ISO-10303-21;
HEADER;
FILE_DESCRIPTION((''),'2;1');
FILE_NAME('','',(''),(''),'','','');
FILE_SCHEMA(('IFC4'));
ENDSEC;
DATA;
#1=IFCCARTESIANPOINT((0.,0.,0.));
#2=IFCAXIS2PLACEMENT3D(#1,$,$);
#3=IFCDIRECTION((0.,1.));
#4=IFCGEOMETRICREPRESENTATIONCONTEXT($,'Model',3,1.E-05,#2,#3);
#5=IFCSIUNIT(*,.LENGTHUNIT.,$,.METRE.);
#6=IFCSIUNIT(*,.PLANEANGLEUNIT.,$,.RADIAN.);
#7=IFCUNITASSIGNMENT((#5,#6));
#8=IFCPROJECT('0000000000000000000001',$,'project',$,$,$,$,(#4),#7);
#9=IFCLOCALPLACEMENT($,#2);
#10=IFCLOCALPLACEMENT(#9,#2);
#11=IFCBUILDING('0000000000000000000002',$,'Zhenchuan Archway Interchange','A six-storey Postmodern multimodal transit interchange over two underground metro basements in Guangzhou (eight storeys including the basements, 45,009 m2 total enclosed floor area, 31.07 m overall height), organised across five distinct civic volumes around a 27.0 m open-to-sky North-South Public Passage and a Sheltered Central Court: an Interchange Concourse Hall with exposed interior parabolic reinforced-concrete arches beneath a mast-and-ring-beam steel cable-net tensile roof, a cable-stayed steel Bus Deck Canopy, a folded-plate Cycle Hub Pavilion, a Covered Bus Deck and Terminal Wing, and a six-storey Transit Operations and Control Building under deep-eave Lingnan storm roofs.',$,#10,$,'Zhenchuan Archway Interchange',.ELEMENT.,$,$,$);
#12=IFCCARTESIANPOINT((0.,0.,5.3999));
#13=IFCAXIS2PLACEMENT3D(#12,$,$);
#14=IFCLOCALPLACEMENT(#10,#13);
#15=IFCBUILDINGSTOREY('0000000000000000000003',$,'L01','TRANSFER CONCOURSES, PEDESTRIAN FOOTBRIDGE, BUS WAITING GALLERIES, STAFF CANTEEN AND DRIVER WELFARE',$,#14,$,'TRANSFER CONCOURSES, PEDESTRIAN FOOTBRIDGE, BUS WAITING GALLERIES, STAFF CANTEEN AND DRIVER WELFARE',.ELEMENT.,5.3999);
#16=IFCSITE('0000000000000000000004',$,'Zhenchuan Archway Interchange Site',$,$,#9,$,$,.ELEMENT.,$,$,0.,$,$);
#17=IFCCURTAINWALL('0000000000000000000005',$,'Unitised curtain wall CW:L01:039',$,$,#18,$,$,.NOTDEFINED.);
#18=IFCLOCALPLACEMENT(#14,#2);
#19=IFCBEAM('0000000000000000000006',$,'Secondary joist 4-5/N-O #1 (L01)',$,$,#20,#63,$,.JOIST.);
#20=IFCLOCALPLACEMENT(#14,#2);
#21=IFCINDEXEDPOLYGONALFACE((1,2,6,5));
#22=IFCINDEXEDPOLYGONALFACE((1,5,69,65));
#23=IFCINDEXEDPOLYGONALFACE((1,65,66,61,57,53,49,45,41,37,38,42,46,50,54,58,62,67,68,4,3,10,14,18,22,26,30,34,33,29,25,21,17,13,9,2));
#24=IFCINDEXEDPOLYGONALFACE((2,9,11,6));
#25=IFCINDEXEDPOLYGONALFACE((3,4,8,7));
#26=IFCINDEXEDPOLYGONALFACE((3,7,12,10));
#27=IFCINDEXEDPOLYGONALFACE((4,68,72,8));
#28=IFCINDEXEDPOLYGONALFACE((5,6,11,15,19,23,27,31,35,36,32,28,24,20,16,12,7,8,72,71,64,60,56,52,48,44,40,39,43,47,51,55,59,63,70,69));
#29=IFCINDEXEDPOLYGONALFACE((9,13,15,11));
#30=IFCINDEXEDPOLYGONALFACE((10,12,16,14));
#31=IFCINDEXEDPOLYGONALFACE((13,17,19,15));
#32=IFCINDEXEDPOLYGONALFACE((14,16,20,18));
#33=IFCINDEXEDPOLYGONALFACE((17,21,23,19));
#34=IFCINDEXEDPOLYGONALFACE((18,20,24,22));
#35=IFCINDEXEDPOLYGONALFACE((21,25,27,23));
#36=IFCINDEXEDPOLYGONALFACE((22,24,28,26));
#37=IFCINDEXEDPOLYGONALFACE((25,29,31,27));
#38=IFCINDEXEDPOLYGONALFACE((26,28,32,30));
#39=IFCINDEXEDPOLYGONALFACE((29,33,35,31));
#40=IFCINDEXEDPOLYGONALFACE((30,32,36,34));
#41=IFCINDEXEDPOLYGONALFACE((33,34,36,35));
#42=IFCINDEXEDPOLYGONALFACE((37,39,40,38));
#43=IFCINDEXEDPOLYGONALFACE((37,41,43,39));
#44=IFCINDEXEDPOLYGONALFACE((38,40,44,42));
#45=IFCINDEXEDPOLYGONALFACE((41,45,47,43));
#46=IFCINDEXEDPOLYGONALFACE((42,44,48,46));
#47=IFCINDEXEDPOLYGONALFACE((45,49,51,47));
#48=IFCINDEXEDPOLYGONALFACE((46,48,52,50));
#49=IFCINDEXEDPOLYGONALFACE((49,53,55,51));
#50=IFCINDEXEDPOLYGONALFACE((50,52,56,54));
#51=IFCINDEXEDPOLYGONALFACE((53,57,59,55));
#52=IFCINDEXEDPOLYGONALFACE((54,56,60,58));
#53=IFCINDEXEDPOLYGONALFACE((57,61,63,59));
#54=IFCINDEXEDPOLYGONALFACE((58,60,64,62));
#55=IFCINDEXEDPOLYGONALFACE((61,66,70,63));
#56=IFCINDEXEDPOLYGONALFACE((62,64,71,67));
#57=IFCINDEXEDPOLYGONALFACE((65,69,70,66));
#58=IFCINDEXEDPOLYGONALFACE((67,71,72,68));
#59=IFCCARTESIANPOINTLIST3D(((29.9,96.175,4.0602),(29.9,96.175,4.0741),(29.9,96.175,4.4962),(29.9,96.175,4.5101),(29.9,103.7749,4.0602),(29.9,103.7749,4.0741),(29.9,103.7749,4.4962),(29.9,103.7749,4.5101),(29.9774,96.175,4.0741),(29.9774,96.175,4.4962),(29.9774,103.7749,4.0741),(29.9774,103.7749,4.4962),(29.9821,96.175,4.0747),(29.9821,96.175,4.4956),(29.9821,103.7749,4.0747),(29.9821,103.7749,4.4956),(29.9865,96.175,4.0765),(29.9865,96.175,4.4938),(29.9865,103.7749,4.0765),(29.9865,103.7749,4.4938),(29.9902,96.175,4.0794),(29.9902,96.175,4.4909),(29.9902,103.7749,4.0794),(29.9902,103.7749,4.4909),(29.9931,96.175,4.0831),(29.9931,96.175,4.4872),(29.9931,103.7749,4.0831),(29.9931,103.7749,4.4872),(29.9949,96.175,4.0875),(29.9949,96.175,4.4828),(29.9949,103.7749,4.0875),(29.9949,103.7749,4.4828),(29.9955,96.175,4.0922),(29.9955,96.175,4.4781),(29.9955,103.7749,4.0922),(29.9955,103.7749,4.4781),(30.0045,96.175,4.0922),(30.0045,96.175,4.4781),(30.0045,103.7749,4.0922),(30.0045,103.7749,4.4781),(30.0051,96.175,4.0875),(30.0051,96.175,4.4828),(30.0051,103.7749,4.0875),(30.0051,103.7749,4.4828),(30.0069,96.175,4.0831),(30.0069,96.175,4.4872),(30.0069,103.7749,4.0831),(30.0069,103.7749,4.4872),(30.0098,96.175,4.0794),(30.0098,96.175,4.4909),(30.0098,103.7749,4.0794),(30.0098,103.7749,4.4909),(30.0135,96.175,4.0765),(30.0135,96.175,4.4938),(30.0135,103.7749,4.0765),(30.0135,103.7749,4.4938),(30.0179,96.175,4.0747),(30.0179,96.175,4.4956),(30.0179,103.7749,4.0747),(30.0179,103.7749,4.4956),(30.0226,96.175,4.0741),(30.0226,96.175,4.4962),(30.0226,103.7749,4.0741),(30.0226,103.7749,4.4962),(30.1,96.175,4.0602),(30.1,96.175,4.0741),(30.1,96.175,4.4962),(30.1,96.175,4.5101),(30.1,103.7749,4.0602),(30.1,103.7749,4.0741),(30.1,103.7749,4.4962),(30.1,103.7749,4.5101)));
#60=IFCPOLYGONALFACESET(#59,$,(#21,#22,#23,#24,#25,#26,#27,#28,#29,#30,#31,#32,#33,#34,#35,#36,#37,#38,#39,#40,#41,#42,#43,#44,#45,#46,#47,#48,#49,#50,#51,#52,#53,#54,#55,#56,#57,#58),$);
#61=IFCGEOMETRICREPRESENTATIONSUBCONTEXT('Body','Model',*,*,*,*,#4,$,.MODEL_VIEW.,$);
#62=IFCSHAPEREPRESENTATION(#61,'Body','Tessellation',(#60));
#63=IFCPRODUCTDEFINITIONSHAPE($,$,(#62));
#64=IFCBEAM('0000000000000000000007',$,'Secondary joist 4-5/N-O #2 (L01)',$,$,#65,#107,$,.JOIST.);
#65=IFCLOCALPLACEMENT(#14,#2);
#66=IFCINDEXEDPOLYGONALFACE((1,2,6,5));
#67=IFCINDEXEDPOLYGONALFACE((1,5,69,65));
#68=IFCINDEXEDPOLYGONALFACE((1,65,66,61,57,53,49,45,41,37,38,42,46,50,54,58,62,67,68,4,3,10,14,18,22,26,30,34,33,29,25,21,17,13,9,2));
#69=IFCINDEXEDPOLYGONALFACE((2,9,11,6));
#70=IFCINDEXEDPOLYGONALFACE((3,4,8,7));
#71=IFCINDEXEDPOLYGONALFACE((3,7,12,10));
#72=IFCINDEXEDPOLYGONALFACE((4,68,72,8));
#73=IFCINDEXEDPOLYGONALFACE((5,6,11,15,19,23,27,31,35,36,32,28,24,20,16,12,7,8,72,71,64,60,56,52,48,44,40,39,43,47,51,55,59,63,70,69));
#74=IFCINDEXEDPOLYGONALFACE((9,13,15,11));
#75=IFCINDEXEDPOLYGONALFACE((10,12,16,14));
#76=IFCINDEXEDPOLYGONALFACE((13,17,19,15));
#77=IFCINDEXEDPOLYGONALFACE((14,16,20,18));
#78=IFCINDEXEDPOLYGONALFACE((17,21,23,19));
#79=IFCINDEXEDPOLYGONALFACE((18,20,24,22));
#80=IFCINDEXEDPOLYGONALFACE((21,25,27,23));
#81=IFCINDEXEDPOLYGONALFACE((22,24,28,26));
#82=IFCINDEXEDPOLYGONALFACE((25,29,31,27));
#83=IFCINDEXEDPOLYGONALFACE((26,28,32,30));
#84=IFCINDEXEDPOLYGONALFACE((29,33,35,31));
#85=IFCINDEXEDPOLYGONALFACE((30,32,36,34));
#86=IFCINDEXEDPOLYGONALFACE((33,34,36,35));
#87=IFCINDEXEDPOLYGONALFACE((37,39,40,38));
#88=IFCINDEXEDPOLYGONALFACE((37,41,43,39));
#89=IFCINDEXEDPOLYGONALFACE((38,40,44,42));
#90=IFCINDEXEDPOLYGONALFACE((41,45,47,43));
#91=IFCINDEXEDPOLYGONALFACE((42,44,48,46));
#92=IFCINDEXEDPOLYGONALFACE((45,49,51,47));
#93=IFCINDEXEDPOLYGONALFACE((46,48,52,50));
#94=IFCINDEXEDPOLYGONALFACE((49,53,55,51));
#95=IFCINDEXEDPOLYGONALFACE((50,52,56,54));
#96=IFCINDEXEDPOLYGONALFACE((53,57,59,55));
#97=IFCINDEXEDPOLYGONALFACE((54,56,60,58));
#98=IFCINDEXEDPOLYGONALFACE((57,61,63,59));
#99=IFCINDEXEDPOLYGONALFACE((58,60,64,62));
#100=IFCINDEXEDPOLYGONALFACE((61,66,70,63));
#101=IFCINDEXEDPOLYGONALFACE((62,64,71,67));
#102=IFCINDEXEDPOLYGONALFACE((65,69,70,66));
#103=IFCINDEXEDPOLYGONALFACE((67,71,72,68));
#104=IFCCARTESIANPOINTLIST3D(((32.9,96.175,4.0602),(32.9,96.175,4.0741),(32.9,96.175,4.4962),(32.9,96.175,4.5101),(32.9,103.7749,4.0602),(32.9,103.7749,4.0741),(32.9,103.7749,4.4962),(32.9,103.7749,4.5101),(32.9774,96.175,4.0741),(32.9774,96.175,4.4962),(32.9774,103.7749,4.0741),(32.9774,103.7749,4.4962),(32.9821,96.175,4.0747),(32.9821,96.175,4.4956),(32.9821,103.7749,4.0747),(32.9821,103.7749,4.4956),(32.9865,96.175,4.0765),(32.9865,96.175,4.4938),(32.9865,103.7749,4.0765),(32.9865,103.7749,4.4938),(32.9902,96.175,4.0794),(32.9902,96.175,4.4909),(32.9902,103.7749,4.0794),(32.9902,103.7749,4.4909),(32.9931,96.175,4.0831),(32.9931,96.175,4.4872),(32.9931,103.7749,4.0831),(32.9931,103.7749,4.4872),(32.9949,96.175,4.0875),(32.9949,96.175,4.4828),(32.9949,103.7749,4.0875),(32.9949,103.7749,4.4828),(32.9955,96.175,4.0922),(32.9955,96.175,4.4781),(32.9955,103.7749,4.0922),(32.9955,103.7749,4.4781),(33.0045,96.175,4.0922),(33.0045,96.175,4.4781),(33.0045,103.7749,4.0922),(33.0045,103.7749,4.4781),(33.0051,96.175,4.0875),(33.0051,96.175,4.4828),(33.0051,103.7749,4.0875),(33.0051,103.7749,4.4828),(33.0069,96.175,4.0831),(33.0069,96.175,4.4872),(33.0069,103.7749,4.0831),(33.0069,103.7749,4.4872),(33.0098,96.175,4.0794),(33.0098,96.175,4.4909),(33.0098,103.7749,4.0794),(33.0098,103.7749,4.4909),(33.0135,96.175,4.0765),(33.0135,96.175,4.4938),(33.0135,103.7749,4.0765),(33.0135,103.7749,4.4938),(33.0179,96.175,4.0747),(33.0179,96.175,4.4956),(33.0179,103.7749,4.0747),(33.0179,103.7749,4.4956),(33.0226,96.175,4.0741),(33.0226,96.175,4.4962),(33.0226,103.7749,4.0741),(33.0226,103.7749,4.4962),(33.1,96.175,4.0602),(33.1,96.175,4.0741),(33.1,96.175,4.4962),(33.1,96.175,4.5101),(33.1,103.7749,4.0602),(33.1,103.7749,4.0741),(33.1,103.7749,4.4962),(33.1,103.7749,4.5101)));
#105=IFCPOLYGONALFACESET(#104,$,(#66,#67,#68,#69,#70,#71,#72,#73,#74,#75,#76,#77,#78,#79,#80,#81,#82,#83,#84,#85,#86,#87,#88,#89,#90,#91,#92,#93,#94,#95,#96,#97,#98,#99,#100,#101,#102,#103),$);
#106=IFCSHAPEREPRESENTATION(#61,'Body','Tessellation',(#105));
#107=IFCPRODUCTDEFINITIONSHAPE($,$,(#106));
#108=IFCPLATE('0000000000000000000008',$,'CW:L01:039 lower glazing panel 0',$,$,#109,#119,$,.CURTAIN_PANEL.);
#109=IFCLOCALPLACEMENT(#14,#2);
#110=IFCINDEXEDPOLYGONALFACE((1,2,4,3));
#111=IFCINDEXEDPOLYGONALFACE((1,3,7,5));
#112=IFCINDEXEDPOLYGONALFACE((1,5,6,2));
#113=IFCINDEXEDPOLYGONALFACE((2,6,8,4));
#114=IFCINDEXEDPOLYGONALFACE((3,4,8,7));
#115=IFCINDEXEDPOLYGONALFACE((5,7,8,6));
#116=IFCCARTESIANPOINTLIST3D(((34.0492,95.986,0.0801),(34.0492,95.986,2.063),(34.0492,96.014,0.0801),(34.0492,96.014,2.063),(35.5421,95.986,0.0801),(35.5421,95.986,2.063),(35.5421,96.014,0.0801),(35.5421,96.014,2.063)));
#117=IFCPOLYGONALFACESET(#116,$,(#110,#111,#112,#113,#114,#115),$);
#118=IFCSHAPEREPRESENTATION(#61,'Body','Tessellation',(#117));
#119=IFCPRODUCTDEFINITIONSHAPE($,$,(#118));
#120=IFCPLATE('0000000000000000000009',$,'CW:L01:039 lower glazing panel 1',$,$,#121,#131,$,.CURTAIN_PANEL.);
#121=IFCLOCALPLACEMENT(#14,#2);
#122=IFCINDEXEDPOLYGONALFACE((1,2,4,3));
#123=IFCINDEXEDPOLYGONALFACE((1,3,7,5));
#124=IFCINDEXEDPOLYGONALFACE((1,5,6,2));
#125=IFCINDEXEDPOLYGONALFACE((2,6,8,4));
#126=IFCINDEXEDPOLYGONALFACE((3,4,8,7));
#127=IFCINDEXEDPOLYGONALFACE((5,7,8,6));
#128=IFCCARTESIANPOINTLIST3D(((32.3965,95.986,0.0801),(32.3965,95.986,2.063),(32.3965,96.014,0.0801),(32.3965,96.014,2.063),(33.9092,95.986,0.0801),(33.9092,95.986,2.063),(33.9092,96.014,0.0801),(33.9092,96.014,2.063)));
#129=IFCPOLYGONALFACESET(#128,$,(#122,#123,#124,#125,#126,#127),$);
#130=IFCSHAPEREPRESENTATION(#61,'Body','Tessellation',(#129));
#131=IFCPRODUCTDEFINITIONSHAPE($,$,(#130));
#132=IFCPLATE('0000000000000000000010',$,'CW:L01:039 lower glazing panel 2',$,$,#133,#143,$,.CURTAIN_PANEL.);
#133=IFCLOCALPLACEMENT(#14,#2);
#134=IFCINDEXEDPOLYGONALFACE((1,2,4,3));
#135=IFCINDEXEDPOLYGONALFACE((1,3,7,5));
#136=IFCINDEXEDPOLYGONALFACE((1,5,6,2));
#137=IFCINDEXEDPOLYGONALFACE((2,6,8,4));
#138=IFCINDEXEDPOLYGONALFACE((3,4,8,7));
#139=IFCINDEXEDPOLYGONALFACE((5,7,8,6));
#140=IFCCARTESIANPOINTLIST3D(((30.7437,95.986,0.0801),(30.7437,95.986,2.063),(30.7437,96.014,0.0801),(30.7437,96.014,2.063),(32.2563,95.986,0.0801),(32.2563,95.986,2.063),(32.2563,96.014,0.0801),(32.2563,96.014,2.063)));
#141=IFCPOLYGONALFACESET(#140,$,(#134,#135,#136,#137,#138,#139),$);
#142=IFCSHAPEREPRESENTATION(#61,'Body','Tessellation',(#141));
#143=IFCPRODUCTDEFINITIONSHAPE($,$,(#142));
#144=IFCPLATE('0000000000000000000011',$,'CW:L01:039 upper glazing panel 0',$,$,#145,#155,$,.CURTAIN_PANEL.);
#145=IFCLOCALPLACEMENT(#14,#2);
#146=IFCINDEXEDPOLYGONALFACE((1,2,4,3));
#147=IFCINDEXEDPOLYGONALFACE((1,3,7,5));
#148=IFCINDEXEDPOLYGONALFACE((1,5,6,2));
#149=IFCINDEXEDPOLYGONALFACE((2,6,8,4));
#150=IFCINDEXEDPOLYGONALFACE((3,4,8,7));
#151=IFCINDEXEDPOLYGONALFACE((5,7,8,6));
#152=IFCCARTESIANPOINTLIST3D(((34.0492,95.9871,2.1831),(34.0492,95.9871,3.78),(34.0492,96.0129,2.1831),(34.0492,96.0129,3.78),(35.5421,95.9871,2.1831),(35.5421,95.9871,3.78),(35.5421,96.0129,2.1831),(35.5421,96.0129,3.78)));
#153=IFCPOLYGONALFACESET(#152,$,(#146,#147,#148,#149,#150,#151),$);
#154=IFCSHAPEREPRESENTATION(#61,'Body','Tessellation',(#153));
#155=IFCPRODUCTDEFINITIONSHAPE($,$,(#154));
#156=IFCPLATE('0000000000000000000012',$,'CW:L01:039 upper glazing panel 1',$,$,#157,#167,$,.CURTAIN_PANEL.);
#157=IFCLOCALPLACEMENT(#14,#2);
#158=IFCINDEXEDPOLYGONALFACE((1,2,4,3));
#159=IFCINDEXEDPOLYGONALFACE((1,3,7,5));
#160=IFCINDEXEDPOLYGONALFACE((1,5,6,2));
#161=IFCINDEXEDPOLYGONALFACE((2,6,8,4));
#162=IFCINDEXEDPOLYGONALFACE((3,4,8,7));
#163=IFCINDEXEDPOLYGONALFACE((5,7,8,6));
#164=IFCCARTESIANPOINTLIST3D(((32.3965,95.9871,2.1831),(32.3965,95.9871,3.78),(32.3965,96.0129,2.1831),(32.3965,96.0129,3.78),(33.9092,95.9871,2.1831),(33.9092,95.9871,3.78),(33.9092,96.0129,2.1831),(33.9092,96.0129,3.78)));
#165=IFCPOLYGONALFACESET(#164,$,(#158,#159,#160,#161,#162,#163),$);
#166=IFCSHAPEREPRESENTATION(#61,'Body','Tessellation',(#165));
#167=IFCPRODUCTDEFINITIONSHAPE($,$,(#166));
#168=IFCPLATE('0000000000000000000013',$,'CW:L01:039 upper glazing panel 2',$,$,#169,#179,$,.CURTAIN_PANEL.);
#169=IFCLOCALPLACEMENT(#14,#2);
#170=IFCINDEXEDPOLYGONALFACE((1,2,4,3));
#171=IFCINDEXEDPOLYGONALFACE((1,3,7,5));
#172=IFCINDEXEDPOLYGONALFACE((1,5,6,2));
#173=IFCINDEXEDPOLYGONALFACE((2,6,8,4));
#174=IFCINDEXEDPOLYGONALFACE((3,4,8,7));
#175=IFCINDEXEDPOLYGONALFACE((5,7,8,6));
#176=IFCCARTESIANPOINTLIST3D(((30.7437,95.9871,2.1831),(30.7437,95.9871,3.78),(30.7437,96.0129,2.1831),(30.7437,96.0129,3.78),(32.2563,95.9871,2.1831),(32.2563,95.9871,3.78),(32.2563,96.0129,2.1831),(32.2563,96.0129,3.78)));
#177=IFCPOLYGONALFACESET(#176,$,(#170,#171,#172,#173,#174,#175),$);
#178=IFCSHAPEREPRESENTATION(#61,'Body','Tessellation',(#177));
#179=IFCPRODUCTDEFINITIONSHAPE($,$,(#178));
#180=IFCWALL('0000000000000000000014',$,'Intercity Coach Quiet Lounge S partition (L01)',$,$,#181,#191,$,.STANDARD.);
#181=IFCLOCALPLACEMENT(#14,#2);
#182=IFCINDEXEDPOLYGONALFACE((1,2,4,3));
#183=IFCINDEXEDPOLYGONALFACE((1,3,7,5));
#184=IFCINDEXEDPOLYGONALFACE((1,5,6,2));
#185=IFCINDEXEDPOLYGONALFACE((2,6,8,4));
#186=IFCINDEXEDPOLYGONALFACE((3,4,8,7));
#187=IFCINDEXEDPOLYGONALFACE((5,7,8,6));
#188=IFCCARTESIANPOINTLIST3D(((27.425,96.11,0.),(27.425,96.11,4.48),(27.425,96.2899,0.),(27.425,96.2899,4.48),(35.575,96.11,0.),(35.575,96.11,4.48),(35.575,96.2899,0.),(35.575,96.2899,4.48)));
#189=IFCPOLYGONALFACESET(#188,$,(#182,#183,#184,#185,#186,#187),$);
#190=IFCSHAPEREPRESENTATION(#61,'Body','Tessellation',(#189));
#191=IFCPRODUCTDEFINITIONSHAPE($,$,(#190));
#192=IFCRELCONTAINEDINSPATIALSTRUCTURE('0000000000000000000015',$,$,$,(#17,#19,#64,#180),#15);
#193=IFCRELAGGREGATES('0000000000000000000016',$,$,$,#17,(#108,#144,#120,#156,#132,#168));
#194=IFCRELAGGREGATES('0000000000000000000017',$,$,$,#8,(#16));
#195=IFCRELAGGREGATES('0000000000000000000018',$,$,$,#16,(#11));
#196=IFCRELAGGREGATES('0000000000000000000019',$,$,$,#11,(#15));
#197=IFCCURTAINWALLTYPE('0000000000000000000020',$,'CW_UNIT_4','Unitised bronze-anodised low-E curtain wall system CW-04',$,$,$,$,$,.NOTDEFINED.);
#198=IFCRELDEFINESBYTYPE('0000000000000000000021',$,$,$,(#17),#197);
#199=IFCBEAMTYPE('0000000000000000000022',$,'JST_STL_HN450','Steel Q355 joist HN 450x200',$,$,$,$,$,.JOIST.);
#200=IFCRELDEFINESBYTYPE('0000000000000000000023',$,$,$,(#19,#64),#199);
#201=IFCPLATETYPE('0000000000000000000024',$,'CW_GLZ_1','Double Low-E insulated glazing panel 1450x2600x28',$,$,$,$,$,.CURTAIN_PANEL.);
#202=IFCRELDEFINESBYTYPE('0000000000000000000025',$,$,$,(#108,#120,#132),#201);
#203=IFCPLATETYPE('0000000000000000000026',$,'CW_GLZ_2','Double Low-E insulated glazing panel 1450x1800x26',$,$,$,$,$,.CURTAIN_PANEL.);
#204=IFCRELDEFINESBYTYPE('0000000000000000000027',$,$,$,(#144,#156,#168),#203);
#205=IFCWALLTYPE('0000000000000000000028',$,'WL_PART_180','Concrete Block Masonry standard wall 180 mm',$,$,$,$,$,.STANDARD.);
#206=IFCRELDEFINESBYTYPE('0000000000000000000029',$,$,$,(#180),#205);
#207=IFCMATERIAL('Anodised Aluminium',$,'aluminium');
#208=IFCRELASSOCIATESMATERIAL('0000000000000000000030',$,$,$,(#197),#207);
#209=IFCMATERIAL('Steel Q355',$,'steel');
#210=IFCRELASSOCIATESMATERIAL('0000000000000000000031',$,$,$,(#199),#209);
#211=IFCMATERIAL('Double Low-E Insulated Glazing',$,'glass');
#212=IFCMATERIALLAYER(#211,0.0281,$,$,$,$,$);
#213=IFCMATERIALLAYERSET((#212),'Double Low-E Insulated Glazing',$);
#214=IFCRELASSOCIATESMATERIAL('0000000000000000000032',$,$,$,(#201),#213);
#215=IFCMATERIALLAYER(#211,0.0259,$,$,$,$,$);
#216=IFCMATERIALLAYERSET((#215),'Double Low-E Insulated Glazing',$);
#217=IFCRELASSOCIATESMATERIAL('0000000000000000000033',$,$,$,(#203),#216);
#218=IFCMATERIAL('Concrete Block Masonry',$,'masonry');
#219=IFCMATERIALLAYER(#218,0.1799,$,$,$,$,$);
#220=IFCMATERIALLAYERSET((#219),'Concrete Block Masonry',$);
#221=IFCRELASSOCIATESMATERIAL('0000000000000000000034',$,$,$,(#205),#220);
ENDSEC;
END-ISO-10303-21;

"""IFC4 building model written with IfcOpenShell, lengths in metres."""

from ifc_helpers import new_model, si_unit, direction, frame, frame_2d, origin, origin_2d, place, context, subcontext, project, spatial, rectangle, i_section, extrude, material, layer, layer_set, material_profile, profile_set, type_object, element, aggregate, save


model = new_model("IFC4")

# Units and contexts
model_context = context("Model", 3, precision=1e-05, world=origin(), true_north=direction((0.0, 1.0)))
body_context = subcontext(model_context, "Body", "Model", "MODEL_VIEW")
ifc_project = project(units=[si_unit("LENGTHUNIT", "METRE"), si_unit("PLANEANGLEUNIT", "RADIAN")], contexts=[model_context])

# Site, building, storey
site_placement = place(None, origin())
site = spatial("IfcSite", under=ifc_project, at=site_placement, Name="Zhenchuan Archway Interchange Site", CompositionType="ELEMENT", RefElevation=0.0)
building_placement = place(site_placement, origin())
building = spatial("IfcBuilding", under=site, at=building_placement, Name="Zhenchuan Archway Interchange", Description="A six-storey Postmodern multimodal transit interchange over two underground metro basements in Guangzhou (eight storeys including the basements, 45,009 m2 total enclosed floor area, 31.07 m overall height), organised across five distinct civic volumes around a 27.0 m open-to-sky North-South Public Passage and a Sheltered Central Court: an Interchange Concourse Hall with exposed interior parabolic reinforced-concrete arches beneath a mast-and-ring-beam steel cable-net tensile roof, a cable-stayed steel Bus Deck Canopy, a folded-plate Cycle Hub Pavilion, a Covered Bus Deck and Terminal Wing, and a six-storey Transit Operations and Control Building under deep-eave Lingnan storm roofs.", LongName="Zhenchuan Archway Interchange", CompositionType="ELEMENT")
storey_placement = place(building_placement, frame((0.0, 0.0, 5.3999)))
storey = spatial("IfcBuildingStorey", under=building, at=storey_placement, Name="L01", Description="TRANSFER CONCOURSES, PEDESTRIAN FOOTBRIDGE, BUS WAITING GALLERIES, STAFF CANTEEN AND DRIVER WELFARE", LongName="TRANSFER CONCOURSES, PEDESTRIAN FOOTBRIDGE, BUS WAITING GALLERIES, STAFF CANTEEN AND DRIVER WELFARE", CompositionType="ELEMENT", Elevation=5.3999)

# Curtain wall
ifc_material_1 = material(Name="Anodised Aluminium", Category="aluminium")
curtain_wall_type = type_object("IfcCurtainWallType", Name="CW_UNIT_4", Description="Unitised bronze-anodised low-E curtain wall system CW-04", PredefinedType="NOTDEFINED", material=ifc_material_1)
curtain_wall_placement = place(storey_placement, origin())
curtain_wall = element("IfcCurtainWall", 1, at=curtain_wall_placement, inside=storey, type_object=curtain_wall_type, Name="Unitised curtain wall CW:L01:039", PredefinedType="NOTDEFINED")

# Beams
ifc_material_2 = material(Name="Steel Q355", Category="steel")
ifc_material_profile_1 = material_profile(ifc_material_2, i_section(OverallWidth=0.2, OverallDepth=0.45, WebThickness=0.009, FlangeThickness=0.0139, FilletRadius=0.0181, at=origin_2d()), Name="HN 450x200")
ifc_profile_set_1 = profile_set([ifc_material_profile_1], Name="Steel Q355")
beam_type_1 = type_object("IfcBeamType", Name="JST_STL_HN450", Description="Steel Q355 joist HN 450x200", PredefinedType="JOIST", material=ifc_profile_set_1)
for number, where, z_axis, x_axis, name in (
    (2, (30.0, 96.175, 4.2852), (0.0, 1.0, 0.0), (-1.0, 0.0, 0.0), "Secondary joist 4-5/N-O #1 (L01)"),
    (3, (33.0, 96.175, 4.2852), (0.0, 1.0, 0.0), (-1.0, 0.0, 0.0), "Secondary joist 4-5/N-O #2 (L01)"),
):
    element("IfcBeam", number, at=place(storey_placement, frame(where, z_axis=z_axis, x_axis=x_axis)), inside=storey, type_object=beam_type_1, Name=name, PredefinedType="JOIST", context=body_context, shape_type="SweptSolid", body=[
        extrude(i_section(OverallWidth=0.2, OverallDepth=0.45, WebThickness=0.009, FlangeThickness=0.0139, FilletRadius=0.0181, at=origin_2d()), origin(), (0.0, 0.0, 1.0), 7.5999),
    ])

# Plates
ifc_material_3 = material(Name="Double Low-E Insulated Glazing", Category="glass")
ifc_layer_1 = layer(ifc_material_3, 0.0281)
ifc_layer_set_1 = layer_set([ifc_layer_1], Name="Double Low-E Insulated Glazing")
plate_type_1 = type_object("IfcPlateType", Name="CW_GLZ_1", Description="Double Low-E insulated glazing panel 1450x2600x28", PredefinedType="CURTAIN_PANEL", material=ifc_layer_set_1)
plate_1_placement = place(storey_placement, frame((34.7957, 96.0, 0.0801), z_axis=(0.0, 0.0, 1.0), x_axis=(-1.0, 0.0, 0.0)))
plate_1 = element("IfcPlate", 4, at=plate_1_placement, type_object=plate_type_1, Name="CW:L01:039 lower glazing panel 0", PredefinedType="CURTAIN_PANEL", context=body_context, shape_type="SweptSolid", body=[
    extrude(rectangle(XDim=1.4929, YDim=0.0281, at=origin_2d()), origin(), (0.0, 0.0, 1.0), 1.9829),
])
plate_2_placement = place(storey_placement, frame((33.1528, 96.0, 0.0801), z_axis=(0.0, 0.0, 1.0), x_axis=(-1.0, 0.0, 0.0)))
plate_2 = element("IfcPlate", 5, at=plate_2_placement, type_object=plate_type_1, Name="CW:L01:039 lower glazing panel 1", PredefinedType="CURTAIN_PANEL", context=body_context, shape_type="SweptSolid", body=[
    extrude(rectangle(XDim=1.5127, YDim=0.0281, at=origin_2d()), origin(), (0.0, 0.0, 1.0), 1.9829),
])
plate_3_placement = place(storey_placement, frame((31.5, 96.0, 0.0801), z_axis=(0.0, 0.0, 1.0), x_axis=(-1.0, 0.0, 0.0)))
plate_3 = element("IfcPlate", 6, at=plate_3_placement, type_object=plate_type_1, Name="CW:L01:039 lower glazing panel 2", PredefinedType="CURTAIN_PANEL", context=body_context, shape_type="SweptSolid", body=[
    extrude(rectangle(XDim=1.5127, YDim=0.0281, at=origin_2d()), origin(), (0.0, 0.0, 1.0), 1.9829),
])
ifc_layer_2 = layer(ifc_material_3, 0.0259)
ifc_layer_set_2 = layer_set([ifc_layer_2], Name="Double Low-E Insulated Glazing")
plate_type_2 = type_object("IfcPlateType", Name="CW_GLZ_2", Description="Double Low-E insulated glazing panel 1450x1800x26", PredefinedType="CURTAIN_PANEL", material=ifc_layer_set_2)
plate_4_placement = place(storey_placement, frame((34.7957, 96.0, 2.1831), z_axis=(0.0, 0.0, 1.0), x_axis=(-1.0, 0.0, 0.0)))
plate_4 = element("IfcPlate", 7, at=plate_4_placement, type_object=plate_type_2, Name="CW:L01:039 upper glazing panel 0", PredefinedType="CURTAIN_PANEL", context=body_context, shape_type="SweptSolid", body=[
    extrude(rectangle(XDim=1.4929, YDim=0.0259, at=origin_2d()), origin(), (0.0, 0.0, 1.0), 1.5969),
])
plate_5_placement = place(storey_placement, frame((33.1528, 96.0, 2.1831), z_axis=(0.0, 0.0, 1.0), x_axis=(-1.0, 0.0, 0.0)))
plate_5 = element("IfcPlate", 8, at=plate_5_placement, type_object=plate_type_2, Name="CW:L01:039 upper glazing panel 1", PredefinedType="CURTAIN_PANEL", context=body_context, shape_type="SweptSolid", body=[
    extrude(rectangle(XDim=1.5127, YDim=0.0259, at=origin_2d()), origin(), (0.0, 0.0, 1.0), 1.5969),
])
plate_6_placement = place(storey_placement, frame((31.5, 96.0, 2.1831), z_axis=(0.0, 0.0, 1.0), x_axis=(-1.0, 0.0, 0.0)))
plate_6 = element("IfcPlate", 9, at=plate_6_placement, type_object=plate_type_2, Name="CW:L01:039 upper glazing panel 2", PredefinedType="CURTAIN_PANEL", context=body_context, shape_type="SweptSolid", body=[
    extrude(rectangle(XDim=1.5127, YDim=0.0259, at=origin_2d()), origin(), (0.0, 0.0, 1.0), 1.5969),
])
aggregate(curtain_wall, [plate_1, plate_4, plate_2, plate_5, plate_3, plate_6])

# Wall
ifc_material_4 = material(Name="Concrete Block Masonry", Category="masonry")
ifc_layer_3 = layer(ifc_material_4, 0.1799)
ifc_layer_set_3 = layer_set([ifc_layer_3], Name="Concrete Block Masonry")
wall_type = type_object("IfcWallType", Name="WL_PART_180", Description="Concrete Block Masonry standard wall 180 mm", PredefinedType="STANDARD", material=ifc_layer_set_3)
wall_placement = place(storey_placement, frame((27.425, 96.2, 0.0), z_axis=(0.0, 0.0, 1.0), x_axis=(1.0, 0.0, 0.0)))
element("IfcWall", 10, at=wall_placement, inside=storey, type_object=wall_type, Name="Intercity Coach Quiet Lounge S partition (L01)", PredefinedType="STANDARD", context=body_context, shape_type="SweptSolid", body=[
    extrude(rectangle(XDim=8.1499, YDim=0.1799, at=frame_2d((4.075, 0.0))), origin(), (0.0, 0.0, 1.0), 4.48),
])

save(model, "model.ifc")
